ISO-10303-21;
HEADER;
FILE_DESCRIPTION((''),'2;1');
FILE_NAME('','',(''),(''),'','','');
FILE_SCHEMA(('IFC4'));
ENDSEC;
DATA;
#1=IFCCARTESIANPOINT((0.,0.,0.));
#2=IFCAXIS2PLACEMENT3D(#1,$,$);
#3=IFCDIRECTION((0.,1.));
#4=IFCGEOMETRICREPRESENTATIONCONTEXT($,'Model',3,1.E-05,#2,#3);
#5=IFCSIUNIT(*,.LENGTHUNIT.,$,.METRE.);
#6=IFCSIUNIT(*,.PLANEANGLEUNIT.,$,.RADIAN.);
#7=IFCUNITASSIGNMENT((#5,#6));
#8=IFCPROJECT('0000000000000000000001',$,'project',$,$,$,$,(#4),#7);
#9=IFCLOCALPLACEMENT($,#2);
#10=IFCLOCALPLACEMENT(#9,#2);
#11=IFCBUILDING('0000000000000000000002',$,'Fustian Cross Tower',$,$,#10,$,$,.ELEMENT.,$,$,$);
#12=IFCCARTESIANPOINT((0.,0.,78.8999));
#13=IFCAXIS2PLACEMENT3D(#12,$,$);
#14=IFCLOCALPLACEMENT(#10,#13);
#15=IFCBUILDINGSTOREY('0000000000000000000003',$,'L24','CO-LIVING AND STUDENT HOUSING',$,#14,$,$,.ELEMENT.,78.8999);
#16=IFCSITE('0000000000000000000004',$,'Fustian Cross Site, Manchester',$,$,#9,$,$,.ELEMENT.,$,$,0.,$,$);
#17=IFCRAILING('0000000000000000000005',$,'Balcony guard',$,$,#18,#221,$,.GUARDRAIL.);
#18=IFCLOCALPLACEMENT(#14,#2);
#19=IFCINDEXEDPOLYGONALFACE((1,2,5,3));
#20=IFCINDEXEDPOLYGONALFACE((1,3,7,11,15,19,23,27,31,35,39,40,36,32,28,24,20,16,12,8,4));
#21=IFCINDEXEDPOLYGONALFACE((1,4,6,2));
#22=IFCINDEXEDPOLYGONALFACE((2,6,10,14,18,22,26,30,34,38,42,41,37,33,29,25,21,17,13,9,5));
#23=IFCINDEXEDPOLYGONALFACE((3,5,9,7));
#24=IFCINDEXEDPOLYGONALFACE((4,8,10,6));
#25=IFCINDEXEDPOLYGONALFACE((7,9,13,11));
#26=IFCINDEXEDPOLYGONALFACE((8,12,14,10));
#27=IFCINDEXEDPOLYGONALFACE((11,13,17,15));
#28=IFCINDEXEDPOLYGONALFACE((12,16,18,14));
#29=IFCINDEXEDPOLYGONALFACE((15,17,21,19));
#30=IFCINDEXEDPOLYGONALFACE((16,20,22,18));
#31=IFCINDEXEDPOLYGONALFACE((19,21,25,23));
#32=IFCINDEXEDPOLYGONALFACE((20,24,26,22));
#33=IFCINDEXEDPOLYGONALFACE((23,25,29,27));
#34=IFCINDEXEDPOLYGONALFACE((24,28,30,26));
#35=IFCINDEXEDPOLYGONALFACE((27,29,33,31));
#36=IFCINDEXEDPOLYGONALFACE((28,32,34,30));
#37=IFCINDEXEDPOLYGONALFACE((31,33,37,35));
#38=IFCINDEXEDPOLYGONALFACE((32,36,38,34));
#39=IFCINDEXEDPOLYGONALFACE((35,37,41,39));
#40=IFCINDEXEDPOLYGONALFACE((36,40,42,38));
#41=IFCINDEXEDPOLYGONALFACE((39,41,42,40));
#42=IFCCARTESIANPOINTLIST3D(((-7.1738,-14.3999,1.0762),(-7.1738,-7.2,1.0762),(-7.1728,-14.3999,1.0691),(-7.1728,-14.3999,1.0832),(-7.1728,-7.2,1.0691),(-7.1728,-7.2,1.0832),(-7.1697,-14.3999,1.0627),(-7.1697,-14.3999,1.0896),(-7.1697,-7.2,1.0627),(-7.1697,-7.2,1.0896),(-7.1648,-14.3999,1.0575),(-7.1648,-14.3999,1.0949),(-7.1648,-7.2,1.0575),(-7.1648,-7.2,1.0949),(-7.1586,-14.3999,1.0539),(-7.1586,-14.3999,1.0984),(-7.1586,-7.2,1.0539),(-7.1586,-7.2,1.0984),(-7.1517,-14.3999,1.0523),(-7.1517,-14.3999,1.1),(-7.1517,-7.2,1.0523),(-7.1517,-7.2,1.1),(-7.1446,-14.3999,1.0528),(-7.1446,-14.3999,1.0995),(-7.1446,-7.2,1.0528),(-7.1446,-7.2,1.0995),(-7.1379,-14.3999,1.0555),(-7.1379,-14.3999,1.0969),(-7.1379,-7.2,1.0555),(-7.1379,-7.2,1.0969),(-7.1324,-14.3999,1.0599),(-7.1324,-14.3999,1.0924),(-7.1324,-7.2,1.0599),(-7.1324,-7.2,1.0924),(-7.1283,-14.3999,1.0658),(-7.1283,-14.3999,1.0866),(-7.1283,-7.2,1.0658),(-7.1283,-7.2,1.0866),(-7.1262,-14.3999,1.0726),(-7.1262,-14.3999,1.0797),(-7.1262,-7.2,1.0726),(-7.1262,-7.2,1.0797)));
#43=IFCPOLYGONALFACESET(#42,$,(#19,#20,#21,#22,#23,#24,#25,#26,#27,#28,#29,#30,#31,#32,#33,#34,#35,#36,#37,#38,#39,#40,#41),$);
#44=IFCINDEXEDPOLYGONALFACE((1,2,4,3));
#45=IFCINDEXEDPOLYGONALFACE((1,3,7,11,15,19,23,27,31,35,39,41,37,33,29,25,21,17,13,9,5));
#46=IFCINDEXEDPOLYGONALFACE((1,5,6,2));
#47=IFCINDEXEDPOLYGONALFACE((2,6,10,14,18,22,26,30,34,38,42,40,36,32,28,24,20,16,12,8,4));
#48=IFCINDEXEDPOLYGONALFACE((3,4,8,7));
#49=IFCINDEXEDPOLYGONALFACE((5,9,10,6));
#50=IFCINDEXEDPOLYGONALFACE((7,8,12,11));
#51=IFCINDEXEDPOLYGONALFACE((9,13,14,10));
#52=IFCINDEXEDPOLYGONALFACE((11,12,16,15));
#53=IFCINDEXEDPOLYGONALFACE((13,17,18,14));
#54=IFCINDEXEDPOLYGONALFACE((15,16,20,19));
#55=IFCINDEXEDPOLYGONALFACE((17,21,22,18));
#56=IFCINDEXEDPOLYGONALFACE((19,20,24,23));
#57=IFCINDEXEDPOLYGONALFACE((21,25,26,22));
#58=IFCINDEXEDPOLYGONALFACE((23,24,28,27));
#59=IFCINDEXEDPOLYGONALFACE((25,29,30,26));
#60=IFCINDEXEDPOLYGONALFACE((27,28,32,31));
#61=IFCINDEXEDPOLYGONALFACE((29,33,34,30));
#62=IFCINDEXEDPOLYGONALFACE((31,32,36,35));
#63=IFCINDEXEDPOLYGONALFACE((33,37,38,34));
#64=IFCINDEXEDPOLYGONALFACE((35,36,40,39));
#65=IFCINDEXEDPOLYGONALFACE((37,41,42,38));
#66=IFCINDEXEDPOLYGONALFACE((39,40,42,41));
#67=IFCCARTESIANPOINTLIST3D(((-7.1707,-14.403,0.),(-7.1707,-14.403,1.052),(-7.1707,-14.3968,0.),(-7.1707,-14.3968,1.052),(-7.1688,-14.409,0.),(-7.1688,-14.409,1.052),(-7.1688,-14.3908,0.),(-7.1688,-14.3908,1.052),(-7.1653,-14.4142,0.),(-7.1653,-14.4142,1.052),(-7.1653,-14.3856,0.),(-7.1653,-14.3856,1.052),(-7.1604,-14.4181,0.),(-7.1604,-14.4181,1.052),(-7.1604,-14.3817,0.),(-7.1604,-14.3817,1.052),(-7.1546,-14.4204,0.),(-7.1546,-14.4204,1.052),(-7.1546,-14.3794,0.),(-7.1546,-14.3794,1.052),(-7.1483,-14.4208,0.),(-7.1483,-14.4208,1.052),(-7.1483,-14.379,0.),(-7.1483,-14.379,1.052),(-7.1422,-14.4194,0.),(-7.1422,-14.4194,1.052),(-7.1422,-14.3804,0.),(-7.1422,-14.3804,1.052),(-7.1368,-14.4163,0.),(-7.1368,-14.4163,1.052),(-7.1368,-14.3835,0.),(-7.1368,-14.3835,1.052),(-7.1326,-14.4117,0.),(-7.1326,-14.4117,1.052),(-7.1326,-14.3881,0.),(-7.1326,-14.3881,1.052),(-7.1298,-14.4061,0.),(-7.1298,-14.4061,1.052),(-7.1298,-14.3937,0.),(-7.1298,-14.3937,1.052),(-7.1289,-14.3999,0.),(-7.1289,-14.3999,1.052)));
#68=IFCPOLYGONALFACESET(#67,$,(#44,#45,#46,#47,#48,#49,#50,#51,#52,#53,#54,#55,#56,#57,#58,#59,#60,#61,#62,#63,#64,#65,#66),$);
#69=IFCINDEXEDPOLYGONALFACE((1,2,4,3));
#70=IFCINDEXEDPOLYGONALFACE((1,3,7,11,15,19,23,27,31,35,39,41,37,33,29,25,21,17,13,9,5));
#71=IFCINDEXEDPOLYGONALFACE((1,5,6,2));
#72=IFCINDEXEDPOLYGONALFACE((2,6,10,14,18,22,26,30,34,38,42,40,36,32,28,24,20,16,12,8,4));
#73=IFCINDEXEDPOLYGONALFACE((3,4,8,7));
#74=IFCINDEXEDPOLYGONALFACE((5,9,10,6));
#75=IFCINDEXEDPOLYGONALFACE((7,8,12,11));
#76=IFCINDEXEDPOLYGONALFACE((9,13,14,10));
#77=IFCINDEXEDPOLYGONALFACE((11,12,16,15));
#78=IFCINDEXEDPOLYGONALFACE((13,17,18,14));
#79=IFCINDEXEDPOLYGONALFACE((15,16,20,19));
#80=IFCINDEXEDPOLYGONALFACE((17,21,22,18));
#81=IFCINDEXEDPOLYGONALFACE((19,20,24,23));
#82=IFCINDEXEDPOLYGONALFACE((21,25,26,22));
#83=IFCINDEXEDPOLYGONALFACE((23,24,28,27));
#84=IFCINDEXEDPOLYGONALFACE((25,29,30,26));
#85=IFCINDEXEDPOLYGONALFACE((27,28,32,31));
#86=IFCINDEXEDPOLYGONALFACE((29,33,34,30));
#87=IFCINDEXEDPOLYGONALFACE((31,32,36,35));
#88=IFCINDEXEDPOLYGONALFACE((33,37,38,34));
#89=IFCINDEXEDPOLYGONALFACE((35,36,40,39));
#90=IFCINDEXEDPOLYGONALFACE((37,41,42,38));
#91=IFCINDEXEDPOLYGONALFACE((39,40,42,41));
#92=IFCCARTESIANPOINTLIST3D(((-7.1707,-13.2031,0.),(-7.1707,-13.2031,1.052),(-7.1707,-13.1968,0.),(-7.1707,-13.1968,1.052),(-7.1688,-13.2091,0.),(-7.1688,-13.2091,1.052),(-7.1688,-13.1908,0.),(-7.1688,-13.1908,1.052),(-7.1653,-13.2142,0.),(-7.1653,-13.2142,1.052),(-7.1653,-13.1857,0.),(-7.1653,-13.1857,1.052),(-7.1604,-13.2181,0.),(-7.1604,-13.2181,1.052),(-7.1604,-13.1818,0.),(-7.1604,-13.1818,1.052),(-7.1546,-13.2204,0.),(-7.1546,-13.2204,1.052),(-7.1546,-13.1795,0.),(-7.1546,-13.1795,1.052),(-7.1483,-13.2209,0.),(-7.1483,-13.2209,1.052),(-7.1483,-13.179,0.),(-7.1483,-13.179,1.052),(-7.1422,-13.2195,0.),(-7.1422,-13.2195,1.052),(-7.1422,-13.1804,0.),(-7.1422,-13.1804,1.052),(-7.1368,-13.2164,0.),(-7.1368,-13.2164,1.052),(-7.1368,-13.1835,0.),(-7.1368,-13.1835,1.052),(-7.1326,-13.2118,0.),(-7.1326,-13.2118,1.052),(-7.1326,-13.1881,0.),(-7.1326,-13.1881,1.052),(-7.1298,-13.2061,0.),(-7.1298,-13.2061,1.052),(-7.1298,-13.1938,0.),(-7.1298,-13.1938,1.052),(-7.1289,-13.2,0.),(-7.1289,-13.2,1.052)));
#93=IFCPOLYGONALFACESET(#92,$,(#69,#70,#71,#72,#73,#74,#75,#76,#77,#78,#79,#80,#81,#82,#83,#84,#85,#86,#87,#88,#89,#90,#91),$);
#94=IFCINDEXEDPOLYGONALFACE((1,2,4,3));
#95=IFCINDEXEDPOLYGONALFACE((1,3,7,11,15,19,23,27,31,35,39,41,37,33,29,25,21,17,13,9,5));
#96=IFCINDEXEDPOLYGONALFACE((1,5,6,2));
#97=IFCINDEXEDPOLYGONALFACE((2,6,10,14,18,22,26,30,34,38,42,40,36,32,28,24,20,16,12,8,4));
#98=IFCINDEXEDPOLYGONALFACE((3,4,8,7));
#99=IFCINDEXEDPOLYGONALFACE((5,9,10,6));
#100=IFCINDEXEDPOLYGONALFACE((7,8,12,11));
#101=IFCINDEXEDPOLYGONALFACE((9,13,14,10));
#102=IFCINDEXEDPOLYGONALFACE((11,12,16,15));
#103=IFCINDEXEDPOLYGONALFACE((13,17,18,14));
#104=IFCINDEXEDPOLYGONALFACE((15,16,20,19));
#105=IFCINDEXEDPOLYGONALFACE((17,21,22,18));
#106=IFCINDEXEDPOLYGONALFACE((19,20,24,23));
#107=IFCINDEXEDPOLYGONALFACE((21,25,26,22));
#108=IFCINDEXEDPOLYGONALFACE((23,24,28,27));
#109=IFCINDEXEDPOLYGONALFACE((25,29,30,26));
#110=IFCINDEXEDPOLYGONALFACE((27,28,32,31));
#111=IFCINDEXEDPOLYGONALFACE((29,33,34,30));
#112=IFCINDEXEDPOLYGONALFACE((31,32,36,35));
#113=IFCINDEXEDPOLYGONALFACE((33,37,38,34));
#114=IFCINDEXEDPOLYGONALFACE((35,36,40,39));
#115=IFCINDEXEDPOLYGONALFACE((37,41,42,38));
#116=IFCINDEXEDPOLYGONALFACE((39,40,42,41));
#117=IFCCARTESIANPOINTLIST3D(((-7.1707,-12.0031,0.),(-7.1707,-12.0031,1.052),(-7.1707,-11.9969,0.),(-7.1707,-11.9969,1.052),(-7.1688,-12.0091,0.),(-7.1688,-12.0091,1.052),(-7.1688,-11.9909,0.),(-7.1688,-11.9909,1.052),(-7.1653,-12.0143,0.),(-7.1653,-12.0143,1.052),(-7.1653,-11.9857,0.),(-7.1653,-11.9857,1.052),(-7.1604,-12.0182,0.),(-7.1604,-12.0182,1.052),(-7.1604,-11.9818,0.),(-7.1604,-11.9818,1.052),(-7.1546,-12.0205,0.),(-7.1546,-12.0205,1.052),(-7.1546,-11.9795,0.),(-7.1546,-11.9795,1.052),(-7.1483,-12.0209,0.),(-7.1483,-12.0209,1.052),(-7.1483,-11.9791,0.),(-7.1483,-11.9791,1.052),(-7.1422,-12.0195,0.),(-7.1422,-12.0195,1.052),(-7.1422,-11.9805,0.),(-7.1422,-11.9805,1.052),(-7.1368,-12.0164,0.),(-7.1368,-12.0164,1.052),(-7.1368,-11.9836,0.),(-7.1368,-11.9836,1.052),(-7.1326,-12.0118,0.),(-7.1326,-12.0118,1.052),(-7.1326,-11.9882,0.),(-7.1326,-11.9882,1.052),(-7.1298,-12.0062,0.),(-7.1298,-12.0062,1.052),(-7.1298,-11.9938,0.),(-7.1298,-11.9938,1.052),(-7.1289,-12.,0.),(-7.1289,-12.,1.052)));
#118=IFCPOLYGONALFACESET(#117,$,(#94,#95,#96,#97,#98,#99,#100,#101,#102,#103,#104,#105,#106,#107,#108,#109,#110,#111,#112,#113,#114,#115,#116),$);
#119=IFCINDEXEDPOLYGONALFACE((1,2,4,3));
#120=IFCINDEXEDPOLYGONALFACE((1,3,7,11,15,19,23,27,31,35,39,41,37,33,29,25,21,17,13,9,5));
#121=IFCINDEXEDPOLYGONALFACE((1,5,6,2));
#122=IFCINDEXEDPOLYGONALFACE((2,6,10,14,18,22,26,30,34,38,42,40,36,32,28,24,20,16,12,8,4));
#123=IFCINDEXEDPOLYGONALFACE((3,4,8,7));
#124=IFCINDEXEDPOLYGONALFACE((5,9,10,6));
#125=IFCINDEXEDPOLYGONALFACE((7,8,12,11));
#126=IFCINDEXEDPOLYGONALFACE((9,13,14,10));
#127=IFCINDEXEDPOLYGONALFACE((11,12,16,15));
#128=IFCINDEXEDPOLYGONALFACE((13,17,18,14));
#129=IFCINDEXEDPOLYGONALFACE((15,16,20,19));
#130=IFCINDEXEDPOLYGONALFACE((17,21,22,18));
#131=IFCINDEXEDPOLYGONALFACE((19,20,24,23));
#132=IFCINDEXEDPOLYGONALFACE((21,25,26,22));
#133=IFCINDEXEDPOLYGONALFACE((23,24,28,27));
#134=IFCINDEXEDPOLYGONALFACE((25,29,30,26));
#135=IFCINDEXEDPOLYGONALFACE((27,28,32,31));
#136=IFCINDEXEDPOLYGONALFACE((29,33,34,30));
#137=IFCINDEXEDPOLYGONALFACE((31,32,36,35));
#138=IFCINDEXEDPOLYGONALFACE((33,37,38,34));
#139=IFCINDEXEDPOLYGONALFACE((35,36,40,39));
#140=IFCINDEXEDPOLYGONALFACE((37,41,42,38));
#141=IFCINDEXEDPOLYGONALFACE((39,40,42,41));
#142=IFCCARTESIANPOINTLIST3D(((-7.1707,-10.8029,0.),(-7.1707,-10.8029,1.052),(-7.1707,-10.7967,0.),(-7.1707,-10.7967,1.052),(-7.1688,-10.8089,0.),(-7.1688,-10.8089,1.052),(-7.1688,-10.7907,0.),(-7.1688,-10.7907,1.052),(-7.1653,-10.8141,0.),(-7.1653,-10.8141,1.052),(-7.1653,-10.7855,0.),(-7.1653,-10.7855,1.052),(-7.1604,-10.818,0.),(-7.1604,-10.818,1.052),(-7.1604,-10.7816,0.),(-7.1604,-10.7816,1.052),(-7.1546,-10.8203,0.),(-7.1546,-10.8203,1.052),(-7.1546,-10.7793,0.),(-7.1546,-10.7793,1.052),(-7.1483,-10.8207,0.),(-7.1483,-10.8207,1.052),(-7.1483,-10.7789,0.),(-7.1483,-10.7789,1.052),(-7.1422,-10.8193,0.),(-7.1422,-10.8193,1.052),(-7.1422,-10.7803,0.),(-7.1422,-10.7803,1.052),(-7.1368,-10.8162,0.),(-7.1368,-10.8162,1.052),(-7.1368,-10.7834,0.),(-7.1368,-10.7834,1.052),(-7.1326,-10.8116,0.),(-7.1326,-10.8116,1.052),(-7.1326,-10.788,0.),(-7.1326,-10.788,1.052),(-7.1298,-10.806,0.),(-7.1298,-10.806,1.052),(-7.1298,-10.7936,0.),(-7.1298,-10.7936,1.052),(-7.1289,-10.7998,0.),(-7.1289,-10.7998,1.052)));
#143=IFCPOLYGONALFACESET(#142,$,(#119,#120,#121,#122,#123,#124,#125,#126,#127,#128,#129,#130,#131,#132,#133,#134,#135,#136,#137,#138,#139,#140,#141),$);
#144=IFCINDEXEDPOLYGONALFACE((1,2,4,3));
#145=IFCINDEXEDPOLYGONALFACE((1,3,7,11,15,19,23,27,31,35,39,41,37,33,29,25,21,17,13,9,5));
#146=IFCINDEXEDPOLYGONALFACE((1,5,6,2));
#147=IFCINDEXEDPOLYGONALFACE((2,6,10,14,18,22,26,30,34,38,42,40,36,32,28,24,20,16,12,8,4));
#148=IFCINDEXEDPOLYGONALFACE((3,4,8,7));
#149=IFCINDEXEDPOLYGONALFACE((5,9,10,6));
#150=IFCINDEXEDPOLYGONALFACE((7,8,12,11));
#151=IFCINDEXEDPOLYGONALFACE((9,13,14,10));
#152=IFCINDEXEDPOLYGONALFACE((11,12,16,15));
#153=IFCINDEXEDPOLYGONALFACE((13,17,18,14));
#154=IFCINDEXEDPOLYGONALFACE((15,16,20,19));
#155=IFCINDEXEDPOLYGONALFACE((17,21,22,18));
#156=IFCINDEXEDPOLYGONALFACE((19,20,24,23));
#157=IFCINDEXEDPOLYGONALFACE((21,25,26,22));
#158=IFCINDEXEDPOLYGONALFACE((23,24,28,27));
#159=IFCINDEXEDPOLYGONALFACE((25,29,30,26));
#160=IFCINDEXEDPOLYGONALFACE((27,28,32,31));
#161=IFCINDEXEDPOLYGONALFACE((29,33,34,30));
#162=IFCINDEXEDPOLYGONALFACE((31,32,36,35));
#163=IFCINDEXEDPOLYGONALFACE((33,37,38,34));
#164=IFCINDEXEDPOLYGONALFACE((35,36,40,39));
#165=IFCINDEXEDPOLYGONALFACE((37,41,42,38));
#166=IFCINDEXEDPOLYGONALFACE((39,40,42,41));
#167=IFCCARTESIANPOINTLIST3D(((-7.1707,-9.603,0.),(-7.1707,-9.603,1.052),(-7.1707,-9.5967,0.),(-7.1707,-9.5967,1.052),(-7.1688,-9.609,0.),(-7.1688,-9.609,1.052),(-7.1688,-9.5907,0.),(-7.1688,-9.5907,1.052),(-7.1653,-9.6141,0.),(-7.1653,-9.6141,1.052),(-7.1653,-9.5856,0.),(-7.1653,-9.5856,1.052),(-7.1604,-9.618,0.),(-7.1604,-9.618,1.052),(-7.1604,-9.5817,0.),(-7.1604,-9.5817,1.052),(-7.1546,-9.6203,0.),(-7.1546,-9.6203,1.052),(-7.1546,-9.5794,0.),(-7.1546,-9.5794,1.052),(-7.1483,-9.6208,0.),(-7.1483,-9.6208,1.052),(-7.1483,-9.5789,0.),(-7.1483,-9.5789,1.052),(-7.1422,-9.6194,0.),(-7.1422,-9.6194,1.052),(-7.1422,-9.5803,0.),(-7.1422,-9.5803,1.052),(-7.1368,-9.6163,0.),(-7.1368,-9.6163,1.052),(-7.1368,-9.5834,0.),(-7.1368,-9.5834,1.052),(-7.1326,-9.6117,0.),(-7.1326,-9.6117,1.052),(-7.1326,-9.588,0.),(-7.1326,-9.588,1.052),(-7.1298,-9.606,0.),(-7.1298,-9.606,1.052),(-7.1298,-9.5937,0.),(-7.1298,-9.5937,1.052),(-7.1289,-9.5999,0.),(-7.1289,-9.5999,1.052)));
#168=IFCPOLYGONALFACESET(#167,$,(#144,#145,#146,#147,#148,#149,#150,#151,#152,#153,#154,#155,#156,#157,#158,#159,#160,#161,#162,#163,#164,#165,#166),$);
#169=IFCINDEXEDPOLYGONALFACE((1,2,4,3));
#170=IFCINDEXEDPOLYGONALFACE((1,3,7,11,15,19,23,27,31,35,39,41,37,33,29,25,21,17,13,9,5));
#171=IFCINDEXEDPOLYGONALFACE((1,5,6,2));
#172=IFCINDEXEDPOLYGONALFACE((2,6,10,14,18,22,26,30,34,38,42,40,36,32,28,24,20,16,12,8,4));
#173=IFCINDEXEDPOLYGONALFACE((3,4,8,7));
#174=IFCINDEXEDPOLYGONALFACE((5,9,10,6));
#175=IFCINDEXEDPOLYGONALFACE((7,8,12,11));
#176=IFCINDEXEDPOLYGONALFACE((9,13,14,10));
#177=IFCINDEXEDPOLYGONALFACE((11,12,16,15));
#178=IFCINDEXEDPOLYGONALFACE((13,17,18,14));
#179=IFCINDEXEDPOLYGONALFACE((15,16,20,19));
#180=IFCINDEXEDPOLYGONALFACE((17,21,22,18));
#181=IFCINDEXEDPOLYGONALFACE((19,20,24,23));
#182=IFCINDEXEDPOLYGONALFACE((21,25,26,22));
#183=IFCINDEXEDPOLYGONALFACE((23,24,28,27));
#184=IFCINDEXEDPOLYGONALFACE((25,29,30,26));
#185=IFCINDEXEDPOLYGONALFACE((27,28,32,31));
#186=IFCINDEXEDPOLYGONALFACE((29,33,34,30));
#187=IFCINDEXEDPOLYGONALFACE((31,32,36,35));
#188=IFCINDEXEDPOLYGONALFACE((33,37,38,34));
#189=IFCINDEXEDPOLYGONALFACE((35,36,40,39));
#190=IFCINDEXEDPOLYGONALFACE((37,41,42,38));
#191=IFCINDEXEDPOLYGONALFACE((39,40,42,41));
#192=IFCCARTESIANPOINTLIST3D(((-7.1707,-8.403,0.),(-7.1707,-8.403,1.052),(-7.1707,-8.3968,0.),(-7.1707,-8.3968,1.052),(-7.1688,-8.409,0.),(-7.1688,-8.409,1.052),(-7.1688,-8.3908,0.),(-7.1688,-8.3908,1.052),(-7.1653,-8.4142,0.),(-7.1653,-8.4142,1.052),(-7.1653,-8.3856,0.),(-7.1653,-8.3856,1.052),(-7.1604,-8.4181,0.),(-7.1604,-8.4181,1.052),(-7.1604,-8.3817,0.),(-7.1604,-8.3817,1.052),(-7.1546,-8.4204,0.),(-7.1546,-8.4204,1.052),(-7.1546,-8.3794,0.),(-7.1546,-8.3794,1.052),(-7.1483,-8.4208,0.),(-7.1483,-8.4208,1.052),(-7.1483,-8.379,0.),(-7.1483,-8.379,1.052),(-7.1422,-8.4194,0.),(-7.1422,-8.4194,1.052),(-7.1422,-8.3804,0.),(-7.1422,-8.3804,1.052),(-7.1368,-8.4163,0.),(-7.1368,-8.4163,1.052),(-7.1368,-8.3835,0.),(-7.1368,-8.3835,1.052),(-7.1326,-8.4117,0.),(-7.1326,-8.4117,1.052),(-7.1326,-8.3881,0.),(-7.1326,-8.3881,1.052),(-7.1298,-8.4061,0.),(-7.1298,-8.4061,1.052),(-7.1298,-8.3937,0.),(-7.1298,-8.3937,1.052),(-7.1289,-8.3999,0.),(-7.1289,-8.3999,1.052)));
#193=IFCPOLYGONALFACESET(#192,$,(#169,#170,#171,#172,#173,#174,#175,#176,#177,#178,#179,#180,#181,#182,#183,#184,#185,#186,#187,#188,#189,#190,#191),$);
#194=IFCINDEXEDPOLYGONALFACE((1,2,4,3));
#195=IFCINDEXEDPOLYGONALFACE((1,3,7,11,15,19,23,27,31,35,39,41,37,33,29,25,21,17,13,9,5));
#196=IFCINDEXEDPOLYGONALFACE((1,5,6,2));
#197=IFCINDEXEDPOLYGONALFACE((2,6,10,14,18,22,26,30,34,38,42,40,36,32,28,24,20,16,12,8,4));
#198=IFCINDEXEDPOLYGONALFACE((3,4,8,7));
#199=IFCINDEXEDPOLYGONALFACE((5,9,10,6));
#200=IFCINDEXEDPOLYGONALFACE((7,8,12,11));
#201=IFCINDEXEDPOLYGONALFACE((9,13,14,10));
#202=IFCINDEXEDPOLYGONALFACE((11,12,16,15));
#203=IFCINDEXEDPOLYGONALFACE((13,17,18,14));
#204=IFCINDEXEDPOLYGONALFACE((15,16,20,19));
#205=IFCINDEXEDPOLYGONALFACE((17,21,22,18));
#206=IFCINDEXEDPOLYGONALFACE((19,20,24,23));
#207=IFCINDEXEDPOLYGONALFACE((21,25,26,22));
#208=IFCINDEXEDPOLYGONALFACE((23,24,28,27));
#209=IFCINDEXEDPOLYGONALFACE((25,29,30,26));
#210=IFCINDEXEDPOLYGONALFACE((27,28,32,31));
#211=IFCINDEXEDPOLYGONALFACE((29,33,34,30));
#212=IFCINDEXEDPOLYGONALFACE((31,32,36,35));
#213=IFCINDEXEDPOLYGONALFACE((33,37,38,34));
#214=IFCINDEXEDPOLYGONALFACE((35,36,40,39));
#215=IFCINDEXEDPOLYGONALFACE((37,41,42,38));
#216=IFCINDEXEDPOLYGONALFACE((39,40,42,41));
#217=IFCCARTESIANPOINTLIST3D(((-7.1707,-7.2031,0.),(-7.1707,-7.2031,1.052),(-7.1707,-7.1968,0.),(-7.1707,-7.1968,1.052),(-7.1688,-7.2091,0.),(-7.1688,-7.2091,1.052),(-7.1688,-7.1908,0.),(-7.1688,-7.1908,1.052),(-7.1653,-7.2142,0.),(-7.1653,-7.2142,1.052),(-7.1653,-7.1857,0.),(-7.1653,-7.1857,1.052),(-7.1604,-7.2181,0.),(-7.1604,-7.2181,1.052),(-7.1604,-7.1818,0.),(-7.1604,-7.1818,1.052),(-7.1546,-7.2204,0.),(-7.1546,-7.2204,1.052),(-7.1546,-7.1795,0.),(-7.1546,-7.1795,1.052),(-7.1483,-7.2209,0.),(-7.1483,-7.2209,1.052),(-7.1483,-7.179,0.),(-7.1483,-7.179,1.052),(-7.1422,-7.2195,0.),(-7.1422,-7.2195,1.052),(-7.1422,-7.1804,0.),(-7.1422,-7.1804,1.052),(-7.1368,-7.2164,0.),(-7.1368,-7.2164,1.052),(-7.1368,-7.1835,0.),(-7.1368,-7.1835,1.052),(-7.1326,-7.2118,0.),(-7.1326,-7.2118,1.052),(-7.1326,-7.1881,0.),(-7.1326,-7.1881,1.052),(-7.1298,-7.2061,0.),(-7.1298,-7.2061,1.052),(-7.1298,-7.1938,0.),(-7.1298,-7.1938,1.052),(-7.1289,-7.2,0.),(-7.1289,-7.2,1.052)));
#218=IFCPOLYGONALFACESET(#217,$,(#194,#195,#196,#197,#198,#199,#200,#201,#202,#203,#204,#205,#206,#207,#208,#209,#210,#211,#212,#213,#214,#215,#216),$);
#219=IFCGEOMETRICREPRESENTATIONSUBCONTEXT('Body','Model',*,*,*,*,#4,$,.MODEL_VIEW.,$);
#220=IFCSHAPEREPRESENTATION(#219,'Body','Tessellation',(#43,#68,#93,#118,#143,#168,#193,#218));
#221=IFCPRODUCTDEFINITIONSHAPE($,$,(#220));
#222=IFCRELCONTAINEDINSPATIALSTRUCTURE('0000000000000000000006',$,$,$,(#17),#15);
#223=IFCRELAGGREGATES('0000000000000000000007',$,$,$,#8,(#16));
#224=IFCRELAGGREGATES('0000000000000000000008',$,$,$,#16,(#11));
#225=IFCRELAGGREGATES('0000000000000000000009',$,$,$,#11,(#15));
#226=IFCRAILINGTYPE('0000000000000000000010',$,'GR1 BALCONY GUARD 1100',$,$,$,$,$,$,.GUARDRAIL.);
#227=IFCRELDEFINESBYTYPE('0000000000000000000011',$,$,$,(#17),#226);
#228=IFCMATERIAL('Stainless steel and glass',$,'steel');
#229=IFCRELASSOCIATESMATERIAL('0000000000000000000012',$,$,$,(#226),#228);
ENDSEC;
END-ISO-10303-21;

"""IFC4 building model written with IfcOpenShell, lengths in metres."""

from ifc_helpers import new_model, si_unit, direction, frame, origin, origin_2d, place, context, subcontext, project, spatial, circle, extrude, material, type_object, element, save


model = new_model("IFC4")

# Units and contexts
model_context = context("Model", 3, precision=1e-05, world=origin(), true_north=direction((0.0, 1.0)))
body_context = subcontext(model_context, "Body", "Model", "MODEL_VIEW")
ifc_project = project(units=[si_unit("LENGTHUNIT", "METRE"), si_unit("PLANEANGLEUNIT", "RADIAN")], contexts=[model_context])

# Site, building, storey
site_placement = place(None, origin())
site = spatial("IfcSite", under=ifc_project, at=site_placement, Name="Fustian Cross Site, Manchester", CompositionType="ELEMENT", RefElevation=0.0)
building_placement = place(site_placement, origin())
building = spatial("IfcBuilding", under=site, at=building_placement, Name="Fustian Cross Tower", CompositionType="ELEMENT")
storey_placement = place(building_placement, frame((0.0, 0.0, 78.8999)))
storey = spatial("IfcBuildingStorey", under=building, at=storey_placement, Name="L24", Description="CO-LIVING AND STUDENT HOUSING", CompositionType="ELEMENT", Elevation=78.8999)

# Railing
ifc_material_1 = material(Name="Stainless steel and glass", Category="steel")
railing_type = type_object("IfcRailingType", Name="GR1 BALCONY GUARD 1100", PredefinedType="GUARDRAIL", material=ifc_material_1)
railing_placement = place(storey_placement, frame((-7.1499, -14.3999, 0.0)))
element("IfcRailing", 1, at=railing_placement, inside=storey, type_object=railing_type, Name="Balcony guard", PredefinedType="GUARDRAIL", context=body_context, shape_type="SweptSolid", body=[
    extrude(circle(Radius=0.0239, at=origin_2d()), frame((0.0, 0.0, 1.0762), z_axis=(0.0, 1.0, 0.0), x_axis=(-1.0, 0.0, 0.0)), (0.0, 0.0, 1.0), 7.2),
    extrude(circle(Radius=0.021, at=origin_2d()), origin(), (0.0, 0.0, 1.0), 1.052),
    extrude(circle(Radius=0.021, at=origin_2d()), frame((0.0, 1.2, 0.0)), (0.0, 0.0, 1.0), 1.052),
    extrude(circle(Radius=0.021, at=origin_2d()), frame((0.0, 2.3999, 0.0)), (0.0, 0.0, 1.0), 1.052),
    extrude(circle(Radius=0.021, at=origin_2d()), frame((0.0, 3.6001, 0.0)), (0.0, 0.0, 1.0), 1.052),
    extrude(circle(Radius=0.021, at=origin_2d()), frame((0.0, 4.8, 0.0)), (0.0, 0.0, 1.0), 1.052),
    extrude(circle(Radius=0.021, at=origin_2d()), frame((0.0, 6.0, 0.0)), (0.0, 0.0, 1.0), 1.052),
    extrude(circle(Radius=0.021, at=origin_2d()), frame((0.0, 7.2, 0.0)), (0.0, 0.0, 1.0), 1.052),
])

save(model, "model.ifc")
